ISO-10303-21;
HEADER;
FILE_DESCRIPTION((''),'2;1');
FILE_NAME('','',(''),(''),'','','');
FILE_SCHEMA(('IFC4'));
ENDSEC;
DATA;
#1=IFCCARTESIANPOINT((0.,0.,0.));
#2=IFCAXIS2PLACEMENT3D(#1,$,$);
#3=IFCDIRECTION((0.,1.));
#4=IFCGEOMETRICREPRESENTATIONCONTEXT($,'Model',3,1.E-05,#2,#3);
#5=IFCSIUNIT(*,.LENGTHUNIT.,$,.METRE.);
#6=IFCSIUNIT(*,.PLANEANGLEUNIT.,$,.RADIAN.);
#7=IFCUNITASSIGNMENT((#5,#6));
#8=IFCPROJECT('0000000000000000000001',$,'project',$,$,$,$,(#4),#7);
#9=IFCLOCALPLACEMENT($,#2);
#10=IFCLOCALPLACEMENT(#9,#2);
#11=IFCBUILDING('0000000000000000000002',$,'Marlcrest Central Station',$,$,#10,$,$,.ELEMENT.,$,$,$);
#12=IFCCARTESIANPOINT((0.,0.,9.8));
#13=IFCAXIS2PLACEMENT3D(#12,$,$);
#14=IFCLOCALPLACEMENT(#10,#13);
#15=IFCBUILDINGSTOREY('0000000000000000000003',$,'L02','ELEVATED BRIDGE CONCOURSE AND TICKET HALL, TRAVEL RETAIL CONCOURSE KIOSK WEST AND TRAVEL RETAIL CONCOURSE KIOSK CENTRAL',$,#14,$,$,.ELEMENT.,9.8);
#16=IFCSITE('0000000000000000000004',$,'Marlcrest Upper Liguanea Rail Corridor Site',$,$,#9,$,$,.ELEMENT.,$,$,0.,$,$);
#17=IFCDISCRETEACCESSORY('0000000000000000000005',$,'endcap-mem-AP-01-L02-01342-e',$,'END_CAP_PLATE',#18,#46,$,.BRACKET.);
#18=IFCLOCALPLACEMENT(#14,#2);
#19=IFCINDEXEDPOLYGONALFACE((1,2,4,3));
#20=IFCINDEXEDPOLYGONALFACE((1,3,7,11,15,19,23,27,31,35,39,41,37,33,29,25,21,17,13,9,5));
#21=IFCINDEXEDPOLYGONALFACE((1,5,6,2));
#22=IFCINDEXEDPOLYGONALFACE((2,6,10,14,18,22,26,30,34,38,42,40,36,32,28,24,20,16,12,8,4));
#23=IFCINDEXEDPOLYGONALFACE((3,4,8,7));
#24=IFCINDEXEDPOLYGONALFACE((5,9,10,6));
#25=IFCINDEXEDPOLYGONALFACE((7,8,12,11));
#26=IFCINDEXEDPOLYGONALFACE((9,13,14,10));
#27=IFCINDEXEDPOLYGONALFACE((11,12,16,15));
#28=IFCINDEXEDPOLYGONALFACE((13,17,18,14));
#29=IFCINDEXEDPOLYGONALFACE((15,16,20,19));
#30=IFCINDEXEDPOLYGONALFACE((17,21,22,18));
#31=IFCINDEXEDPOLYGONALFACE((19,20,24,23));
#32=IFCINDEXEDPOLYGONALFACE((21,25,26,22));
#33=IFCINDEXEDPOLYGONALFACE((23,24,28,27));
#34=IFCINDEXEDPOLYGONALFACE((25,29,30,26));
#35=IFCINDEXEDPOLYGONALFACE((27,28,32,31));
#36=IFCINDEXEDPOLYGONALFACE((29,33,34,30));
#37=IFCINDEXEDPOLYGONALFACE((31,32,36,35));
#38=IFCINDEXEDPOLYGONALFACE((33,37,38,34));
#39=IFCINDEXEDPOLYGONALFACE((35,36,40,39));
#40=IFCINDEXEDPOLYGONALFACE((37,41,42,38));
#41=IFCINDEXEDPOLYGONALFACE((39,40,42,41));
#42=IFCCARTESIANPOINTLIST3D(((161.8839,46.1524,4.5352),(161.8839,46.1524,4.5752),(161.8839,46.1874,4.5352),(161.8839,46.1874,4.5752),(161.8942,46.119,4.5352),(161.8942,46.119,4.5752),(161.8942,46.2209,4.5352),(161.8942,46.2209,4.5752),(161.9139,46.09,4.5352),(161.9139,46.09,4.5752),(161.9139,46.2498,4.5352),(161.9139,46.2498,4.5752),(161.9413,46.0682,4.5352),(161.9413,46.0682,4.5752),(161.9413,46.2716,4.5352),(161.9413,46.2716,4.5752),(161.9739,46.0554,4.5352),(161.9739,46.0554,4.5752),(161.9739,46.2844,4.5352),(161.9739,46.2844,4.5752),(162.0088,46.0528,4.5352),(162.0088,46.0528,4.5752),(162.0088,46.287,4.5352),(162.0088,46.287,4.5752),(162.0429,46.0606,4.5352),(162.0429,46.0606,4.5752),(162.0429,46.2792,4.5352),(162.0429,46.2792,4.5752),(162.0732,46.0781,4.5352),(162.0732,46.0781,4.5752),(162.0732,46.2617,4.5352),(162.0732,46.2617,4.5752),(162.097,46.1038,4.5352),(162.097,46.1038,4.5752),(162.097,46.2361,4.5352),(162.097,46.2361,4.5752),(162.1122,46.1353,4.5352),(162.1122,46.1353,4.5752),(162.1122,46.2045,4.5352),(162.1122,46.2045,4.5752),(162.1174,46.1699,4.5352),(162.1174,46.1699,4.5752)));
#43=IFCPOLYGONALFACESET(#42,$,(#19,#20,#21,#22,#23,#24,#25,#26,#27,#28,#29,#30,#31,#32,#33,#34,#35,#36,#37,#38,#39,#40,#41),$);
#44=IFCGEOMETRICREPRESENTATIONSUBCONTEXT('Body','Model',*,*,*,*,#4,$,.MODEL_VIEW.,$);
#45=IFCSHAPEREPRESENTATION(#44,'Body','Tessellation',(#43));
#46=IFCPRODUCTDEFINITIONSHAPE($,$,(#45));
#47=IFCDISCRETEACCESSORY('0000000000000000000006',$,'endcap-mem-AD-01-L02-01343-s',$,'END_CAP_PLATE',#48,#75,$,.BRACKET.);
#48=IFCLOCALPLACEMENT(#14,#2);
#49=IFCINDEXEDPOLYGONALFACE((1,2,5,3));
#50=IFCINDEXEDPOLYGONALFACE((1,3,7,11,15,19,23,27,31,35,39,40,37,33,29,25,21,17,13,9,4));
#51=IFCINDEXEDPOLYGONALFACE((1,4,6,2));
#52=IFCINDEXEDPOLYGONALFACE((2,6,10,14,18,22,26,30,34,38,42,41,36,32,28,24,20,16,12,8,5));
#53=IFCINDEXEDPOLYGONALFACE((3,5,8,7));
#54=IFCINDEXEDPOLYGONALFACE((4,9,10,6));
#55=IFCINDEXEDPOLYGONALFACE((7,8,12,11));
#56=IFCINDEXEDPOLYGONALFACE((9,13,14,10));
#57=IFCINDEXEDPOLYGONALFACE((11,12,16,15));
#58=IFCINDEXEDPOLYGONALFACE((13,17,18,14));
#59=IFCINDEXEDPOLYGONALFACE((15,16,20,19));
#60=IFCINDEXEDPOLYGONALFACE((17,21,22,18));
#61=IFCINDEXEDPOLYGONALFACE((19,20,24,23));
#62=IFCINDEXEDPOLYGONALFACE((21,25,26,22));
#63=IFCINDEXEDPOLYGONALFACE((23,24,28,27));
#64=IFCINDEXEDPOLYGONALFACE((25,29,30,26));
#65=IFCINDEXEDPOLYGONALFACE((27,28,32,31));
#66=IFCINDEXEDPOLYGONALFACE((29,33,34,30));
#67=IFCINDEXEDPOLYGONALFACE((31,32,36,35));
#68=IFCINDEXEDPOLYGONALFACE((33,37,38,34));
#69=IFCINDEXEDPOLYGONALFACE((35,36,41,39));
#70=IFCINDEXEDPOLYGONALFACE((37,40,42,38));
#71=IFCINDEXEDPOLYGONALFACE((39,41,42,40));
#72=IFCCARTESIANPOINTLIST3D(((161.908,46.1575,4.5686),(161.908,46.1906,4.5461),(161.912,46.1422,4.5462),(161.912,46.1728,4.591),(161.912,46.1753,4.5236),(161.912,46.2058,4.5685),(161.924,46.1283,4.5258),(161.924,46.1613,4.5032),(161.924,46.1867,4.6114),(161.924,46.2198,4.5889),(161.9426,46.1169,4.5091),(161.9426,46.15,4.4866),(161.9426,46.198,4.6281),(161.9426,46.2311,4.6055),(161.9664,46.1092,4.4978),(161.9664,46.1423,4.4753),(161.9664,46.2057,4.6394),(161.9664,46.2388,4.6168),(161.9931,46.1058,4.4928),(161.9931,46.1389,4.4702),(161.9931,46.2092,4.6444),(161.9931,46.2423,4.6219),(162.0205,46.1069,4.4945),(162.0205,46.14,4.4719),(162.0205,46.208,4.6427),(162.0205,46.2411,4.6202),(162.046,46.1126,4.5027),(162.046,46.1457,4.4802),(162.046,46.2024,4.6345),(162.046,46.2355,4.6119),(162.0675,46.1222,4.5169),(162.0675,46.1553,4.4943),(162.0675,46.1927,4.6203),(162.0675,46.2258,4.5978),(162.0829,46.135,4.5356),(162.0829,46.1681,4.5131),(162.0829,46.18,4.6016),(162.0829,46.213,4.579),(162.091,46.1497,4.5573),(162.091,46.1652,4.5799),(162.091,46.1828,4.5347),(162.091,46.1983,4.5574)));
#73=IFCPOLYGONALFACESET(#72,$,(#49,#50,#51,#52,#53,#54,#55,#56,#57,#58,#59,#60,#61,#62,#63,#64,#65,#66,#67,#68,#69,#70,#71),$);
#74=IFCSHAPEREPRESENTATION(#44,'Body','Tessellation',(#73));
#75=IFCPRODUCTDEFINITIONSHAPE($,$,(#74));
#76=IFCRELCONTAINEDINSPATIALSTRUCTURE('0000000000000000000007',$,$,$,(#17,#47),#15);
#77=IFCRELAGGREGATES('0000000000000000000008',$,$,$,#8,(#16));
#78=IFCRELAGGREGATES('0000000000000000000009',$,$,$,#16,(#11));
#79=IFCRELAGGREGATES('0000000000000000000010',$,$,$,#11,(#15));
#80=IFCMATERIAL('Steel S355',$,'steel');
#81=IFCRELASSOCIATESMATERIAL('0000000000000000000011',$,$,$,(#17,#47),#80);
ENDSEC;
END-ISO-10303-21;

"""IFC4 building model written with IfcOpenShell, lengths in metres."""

from ifc_helpers import new_model, si_unit, direction, frame, origin, origin_2d, place, context, subcontext, project, spatial, circle, extrude, material, element, save


model = new_model("IFC4")

# Units and contexts
model_context = context("Model", 3, precision=1e-05, world=origin(), true_north=direction((0.0, 1.0)))
body_context = subcontext(model_context, "Body", "Model", "MODEL_VIEW")
ifc_project = project(units=[si_unit("LENGTHUNIT", "METRE"), si_unit("PLANEANGLEUNIT", "RADIAN")], contexts=[model_context])

# Site, building, storey
site_placement = place(None, origin())
site = spatial("IfcSite", under=ifc_project, at=site_placement, Name="Marlcrest Upper Liguanea Rail Corridor Site", CompositionType="ELEMENT", RefElevation=0.0)
building_placement = place(site_placement, origin())
building = spatial("IfcBuilding", under=site, at=building_placement, Name="Marlcrest Central Station", CompositionType="ELEMENT")
storey_placement = place(building_placement, frame((0.0, 0.0, 9.8)))
storey = spatial("IfcBuildingStorey", under=building, at=storey_placement, Name="L02", Description="ELEVATED BRIDGE CONCOURSE AND TICKET HALL, TRAVEL RETAIL CONCOURSE KIOSK WEST AND TRAVEL RETAIL CONCOURSE KIOSK CENTRAL", CompositionType="ELEMENT", Elevation=9.8)

# Shared definitions
ifc_material_1 = material(Name="Steel S355", Category="steel")

# Discrete accessories
for number, where, z_axis, x_axis, name in (
    (1, (162.0, 46.1699, 4.5352), (0.0, 0.0, 1.0), (1.0, 0.0, 0.0), "endcap-mem-AP-01-L02-01342-e"),
):
    element("IfcDiscreteAccessory", number, at=place(storey_placement, frame(where, z_axis=z_axis, x_axis=x_axis)), inside=storey, material=ifc_material_1, Name=name, ObjectType="END_CAP_PLATE", PredefinedType="BRACKET", context=body_context, shape_type="SweptSolid", body=[
        extrude(circle(Radius=0.1174, at=origin_2d()), origin(), (0.0, 0.0, 1.0), 0.04),
    ])
discrete_accessory_1_placement = place(storey_placement, frame((162.0, 46.1575, 4.5686), z_axis=(0.0, 0.826263, -0.563285), x_axis=(-1.0, 0.0, 0.0)))
element("IfcDiscreteAccessory", 2, at=discrete_accessory_1_placement, inside=storey, material=ifc_material_1, Name="endcap-mem-AD-01-L02-01343-s", ObjectType="END_CAP_PLATE", PredefinedType="BRACKET", context=body_context, shape_type="SweptSolid", body=[
    extrude(circle(Radius=0.092, at=origin_2d()), origin(), (0.0, 0.0, 1.0), 0.04),
])

save(model, "model.ifc")
